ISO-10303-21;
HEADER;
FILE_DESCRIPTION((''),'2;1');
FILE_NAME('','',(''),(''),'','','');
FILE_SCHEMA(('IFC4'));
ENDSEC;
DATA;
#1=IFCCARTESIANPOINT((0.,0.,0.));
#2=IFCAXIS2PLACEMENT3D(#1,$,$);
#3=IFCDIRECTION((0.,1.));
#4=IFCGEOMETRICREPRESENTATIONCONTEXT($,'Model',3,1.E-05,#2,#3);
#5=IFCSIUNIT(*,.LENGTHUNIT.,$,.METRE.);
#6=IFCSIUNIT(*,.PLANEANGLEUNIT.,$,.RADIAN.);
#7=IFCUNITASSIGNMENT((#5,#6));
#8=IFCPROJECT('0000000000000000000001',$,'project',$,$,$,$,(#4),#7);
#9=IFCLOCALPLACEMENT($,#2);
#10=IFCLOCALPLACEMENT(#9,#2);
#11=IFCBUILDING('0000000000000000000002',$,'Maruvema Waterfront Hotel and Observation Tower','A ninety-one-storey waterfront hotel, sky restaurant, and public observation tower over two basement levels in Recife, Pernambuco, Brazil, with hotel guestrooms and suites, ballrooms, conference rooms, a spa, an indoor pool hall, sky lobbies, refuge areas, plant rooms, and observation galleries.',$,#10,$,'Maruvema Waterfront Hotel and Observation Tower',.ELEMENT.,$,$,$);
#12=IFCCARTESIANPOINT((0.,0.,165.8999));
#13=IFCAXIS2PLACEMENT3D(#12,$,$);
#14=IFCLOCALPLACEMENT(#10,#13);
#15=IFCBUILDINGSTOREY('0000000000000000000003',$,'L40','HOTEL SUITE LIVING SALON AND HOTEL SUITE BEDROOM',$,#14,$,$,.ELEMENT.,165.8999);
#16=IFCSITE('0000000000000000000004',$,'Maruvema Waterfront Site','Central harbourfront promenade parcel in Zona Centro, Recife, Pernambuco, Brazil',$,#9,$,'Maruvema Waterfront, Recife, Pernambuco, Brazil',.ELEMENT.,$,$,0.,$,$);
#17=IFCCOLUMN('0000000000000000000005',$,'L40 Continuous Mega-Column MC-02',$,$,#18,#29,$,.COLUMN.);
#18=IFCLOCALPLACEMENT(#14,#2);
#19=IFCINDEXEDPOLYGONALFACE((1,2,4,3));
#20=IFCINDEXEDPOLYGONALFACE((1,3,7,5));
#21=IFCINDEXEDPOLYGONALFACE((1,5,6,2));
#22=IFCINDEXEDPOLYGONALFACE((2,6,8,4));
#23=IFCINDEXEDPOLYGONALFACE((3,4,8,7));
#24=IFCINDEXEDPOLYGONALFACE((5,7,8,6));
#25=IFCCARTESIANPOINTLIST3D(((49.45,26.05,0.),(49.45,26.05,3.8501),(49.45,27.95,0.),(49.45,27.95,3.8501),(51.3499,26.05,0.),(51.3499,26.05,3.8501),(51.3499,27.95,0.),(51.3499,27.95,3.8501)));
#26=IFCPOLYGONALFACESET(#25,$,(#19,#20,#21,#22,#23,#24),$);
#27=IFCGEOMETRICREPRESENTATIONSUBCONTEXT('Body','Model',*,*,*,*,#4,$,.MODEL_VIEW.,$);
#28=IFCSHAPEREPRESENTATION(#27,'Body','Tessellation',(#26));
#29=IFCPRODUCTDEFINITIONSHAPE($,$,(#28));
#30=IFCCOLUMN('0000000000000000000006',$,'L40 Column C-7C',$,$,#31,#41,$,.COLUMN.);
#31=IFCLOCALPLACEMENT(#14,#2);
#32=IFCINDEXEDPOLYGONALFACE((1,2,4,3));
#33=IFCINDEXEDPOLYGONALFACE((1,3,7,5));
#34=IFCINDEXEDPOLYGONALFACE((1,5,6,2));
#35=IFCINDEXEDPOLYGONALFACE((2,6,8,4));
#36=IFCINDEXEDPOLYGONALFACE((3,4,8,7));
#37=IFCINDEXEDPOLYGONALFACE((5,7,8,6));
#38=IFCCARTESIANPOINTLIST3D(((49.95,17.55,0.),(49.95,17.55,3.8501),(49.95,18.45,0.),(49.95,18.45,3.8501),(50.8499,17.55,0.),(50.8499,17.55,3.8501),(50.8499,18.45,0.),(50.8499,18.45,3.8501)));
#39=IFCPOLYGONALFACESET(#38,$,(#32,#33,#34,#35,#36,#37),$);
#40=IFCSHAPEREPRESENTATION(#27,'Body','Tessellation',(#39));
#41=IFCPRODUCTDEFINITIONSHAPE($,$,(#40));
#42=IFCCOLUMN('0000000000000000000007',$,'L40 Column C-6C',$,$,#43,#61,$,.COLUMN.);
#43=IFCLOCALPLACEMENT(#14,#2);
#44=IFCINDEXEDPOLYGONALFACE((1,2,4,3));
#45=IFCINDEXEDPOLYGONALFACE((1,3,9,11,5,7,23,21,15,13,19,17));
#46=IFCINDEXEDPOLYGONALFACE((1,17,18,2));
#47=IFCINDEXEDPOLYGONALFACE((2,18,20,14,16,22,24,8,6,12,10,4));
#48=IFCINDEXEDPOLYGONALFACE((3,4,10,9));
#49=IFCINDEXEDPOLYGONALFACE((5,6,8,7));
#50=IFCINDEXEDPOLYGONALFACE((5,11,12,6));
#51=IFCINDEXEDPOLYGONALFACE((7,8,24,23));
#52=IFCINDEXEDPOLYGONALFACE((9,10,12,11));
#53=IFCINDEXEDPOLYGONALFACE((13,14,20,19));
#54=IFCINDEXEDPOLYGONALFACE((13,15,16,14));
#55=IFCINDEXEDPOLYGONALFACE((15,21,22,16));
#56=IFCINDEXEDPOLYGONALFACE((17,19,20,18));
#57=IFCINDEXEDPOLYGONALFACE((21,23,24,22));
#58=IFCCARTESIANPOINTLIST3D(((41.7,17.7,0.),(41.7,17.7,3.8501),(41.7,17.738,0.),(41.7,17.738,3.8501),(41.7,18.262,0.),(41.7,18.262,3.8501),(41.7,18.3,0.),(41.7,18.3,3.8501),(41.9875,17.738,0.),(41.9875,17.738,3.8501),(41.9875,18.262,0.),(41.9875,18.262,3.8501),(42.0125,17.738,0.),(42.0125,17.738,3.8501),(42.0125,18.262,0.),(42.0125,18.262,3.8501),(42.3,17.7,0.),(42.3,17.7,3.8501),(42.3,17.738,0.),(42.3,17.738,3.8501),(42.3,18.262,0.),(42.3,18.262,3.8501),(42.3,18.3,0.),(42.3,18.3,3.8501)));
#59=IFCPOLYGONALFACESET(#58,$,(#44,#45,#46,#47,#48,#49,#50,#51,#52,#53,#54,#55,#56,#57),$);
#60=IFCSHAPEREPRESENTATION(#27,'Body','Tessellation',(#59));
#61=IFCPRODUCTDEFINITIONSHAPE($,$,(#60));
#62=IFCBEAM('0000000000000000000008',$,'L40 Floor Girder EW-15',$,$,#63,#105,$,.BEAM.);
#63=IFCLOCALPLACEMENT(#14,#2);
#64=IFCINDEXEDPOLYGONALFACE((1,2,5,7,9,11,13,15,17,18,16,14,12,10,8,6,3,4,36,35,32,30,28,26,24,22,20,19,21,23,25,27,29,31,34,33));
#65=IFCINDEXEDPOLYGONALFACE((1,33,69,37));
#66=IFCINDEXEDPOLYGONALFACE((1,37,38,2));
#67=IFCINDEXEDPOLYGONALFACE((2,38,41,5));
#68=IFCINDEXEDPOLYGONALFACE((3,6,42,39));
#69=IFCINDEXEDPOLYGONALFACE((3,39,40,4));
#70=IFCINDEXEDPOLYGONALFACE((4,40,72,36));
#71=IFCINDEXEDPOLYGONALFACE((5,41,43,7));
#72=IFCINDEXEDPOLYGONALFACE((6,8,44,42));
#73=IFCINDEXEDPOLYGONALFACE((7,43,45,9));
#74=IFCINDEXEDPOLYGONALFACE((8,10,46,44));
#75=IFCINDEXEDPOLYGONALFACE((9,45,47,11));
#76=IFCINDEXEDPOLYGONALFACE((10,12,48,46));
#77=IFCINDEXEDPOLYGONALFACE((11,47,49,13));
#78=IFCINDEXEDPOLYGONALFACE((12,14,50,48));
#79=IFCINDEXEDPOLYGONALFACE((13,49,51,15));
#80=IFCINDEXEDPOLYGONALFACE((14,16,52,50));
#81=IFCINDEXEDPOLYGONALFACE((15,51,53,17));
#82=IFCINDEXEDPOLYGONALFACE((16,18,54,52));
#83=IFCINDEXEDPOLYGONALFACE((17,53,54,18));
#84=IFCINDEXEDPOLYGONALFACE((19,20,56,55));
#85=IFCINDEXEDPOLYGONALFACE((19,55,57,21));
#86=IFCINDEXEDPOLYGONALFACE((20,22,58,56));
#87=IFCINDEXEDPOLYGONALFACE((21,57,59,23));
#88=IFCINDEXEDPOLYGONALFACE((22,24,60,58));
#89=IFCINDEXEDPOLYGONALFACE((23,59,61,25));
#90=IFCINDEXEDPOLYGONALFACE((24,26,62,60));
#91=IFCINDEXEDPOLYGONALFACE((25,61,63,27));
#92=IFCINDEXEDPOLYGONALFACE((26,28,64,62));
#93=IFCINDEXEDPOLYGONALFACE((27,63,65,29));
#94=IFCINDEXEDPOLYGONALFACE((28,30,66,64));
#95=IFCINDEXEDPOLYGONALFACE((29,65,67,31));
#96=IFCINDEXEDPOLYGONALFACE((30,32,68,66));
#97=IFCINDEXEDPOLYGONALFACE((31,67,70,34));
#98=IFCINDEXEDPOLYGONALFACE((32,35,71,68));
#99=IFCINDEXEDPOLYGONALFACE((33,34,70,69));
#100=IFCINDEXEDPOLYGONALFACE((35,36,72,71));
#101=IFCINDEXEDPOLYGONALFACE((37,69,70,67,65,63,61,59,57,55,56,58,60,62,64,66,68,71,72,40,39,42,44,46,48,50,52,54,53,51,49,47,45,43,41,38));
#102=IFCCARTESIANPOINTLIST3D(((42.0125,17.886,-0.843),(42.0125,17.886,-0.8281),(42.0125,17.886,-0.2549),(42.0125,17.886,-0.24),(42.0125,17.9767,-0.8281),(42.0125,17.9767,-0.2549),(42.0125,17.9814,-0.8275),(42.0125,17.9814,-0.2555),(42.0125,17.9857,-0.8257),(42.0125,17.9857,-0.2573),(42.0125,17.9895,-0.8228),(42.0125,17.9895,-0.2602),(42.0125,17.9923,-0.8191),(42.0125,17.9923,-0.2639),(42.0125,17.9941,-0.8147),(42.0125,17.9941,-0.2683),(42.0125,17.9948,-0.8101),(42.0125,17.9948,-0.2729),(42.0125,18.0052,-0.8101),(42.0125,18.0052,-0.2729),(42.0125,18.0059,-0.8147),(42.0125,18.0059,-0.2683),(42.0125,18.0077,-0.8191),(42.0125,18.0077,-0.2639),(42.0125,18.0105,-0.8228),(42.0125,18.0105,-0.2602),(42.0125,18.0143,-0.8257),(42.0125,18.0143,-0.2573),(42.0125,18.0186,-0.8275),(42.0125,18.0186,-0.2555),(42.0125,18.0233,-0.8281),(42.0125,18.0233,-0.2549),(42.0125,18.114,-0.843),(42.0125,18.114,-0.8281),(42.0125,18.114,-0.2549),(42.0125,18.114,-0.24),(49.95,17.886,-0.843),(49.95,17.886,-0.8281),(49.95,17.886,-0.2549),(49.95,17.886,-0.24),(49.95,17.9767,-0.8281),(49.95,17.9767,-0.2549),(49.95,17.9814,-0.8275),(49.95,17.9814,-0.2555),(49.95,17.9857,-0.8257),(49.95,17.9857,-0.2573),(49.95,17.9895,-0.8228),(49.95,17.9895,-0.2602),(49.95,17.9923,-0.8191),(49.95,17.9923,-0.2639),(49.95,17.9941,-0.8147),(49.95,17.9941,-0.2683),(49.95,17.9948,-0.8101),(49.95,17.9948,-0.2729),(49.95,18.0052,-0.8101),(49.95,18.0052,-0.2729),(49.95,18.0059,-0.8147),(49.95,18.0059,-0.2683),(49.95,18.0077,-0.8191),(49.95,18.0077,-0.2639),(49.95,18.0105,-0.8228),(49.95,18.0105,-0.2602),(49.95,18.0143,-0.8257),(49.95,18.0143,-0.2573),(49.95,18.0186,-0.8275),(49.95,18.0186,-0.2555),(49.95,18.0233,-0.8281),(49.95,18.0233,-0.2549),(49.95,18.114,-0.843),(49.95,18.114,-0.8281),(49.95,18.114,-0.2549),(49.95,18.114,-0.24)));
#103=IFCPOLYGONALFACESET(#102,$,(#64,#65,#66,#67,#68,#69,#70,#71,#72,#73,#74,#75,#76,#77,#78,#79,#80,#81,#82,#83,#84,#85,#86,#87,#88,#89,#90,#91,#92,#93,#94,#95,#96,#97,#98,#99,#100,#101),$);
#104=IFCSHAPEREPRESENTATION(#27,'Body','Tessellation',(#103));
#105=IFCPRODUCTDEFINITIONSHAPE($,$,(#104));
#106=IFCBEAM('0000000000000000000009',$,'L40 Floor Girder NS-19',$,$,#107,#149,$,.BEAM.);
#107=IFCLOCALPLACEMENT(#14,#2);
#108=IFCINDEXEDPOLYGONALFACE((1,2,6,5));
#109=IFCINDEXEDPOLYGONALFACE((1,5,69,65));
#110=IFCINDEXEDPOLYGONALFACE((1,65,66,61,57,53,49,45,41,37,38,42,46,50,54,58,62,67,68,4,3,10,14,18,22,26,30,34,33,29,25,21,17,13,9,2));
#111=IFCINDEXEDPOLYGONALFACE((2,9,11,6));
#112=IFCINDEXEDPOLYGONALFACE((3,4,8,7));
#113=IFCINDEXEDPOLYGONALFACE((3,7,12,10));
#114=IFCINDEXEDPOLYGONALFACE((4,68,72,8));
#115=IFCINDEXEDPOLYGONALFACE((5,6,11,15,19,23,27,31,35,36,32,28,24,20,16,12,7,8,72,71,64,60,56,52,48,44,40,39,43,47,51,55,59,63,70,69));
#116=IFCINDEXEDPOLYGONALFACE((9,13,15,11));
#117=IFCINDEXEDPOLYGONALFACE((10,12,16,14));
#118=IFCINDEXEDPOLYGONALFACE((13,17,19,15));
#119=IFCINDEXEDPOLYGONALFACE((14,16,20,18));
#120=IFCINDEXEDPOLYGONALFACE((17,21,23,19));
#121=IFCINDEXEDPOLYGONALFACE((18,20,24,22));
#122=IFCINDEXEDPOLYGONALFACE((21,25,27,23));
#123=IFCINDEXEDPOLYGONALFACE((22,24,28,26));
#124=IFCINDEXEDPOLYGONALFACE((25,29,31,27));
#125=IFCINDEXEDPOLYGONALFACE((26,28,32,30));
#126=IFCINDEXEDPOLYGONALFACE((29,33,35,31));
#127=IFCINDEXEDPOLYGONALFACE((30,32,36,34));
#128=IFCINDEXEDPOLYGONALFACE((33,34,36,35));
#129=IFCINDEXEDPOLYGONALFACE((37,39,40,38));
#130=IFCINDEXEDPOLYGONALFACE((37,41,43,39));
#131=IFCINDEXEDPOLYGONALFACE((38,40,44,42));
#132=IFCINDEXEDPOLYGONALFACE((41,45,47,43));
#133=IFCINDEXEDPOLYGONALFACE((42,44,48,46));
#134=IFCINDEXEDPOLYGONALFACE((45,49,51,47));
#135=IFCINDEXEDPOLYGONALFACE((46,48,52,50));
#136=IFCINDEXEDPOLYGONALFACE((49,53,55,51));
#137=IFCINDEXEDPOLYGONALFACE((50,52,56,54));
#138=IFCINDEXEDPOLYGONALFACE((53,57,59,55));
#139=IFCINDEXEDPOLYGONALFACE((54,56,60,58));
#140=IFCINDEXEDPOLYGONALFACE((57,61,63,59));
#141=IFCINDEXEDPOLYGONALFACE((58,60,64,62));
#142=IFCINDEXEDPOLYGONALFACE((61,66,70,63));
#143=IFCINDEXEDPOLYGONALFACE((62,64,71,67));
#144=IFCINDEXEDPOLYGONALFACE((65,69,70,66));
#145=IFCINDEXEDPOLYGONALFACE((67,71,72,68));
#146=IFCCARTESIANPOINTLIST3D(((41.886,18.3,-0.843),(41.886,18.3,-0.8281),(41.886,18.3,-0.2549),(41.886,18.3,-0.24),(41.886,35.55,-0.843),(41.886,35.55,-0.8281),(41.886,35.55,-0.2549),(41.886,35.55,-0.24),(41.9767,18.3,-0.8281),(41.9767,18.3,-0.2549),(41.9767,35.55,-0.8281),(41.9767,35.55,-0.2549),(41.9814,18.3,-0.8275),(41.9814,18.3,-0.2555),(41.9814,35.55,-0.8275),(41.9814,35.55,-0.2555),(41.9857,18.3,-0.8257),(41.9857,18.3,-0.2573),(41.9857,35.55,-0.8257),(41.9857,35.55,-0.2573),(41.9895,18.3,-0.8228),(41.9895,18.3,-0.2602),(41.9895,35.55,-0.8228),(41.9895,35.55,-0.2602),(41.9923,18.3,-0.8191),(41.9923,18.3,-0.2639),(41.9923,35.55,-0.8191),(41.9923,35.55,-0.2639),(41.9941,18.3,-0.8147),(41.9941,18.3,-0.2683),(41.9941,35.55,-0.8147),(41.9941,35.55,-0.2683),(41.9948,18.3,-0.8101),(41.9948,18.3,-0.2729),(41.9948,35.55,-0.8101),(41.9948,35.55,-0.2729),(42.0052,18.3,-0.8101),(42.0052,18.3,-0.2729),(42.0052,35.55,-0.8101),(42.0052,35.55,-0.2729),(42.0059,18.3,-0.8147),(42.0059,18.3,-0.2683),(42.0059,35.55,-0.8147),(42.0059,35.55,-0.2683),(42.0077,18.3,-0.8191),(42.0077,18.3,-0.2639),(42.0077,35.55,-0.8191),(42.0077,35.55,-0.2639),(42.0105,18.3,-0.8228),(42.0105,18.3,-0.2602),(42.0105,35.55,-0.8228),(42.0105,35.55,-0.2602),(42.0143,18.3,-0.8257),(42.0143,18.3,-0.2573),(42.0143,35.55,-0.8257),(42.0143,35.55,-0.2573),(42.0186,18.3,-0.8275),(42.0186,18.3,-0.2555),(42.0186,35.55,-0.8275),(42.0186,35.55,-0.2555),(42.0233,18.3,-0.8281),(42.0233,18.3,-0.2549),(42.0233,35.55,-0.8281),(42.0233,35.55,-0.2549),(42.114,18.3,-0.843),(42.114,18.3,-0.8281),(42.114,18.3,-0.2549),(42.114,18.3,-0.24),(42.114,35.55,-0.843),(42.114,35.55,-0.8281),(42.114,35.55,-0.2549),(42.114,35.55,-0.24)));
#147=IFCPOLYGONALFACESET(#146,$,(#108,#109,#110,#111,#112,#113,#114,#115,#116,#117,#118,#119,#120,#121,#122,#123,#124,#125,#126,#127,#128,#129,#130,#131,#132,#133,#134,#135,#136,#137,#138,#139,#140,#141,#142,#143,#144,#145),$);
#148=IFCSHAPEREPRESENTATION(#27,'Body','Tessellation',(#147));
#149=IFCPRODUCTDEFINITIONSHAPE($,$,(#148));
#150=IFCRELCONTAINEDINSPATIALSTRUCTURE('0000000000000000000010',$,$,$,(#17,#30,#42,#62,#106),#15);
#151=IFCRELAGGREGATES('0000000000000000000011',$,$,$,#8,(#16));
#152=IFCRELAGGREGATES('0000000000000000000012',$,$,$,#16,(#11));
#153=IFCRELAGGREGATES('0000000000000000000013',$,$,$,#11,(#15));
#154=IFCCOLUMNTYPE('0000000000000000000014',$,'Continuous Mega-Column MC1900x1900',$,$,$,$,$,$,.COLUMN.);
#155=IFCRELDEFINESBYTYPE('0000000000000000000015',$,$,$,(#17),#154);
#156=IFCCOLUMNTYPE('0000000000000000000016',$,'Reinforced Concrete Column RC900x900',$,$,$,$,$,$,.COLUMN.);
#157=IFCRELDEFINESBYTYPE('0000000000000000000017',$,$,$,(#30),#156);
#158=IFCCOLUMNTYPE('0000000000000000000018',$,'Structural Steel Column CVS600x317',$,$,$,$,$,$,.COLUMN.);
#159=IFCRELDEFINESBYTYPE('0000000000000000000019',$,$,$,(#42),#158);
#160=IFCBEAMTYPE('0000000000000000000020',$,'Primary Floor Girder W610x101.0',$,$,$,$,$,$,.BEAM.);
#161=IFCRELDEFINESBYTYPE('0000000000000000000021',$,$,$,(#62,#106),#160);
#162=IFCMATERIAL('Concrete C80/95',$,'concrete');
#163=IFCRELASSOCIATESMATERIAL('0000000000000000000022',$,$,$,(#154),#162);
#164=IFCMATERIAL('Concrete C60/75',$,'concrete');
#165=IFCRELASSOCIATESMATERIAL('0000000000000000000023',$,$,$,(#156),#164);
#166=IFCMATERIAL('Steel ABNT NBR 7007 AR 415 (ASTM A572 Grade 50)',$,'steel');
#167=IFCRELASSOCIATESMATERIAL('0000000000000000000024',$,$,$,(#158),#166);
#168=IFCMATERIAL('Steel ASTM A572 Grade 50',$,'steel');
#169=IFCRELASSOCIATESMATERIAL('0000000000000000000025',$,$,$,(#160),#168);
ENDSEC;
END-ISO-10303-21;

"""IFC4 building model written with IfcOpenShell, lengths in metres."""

from ifc_helpers import new_model, si_unit, direction, frame, origin, origin_2d, place, context, subcontext, project, spatial, rectangle, i_section, extrude, material, material_profile, profile_set, type_object, element, save


model = new_model("IFC4")

# Units and contexts
model_context = context("Model", 3, precision=1e-05, world=origin(), true_north=direction((0.0, 1.0)))
body_context = subcontext(model_context, "Body", "Model", "MODEL_VIEW")
ifc_project = project(units=[si_unit("LENGTHUNIT", "METRE"), si_unit("PLANEANGLEUNIT", "RADIAN")], contexts=[model_context])

# Site, building, storey
site_placement = place(None, origin())
site = spatial("IfcSite", under=ifc_project, at=site_placement, Name="Maruvema Waterfront Site", Description="Central harbourfront promenade parcel in Zona Centro, Recife, Pernambuco, Brazil", LongName="Maruvema Waterfront, Recife, Pernambuco, Brazil", CompositionType="ELEMENT", RefElevation=0.0)
building_placement = place(site_placement, origin())
building = spatial("IfcBuilding", under=site, at=building_placement, Name="Maruvema Waterfront Hotel and Observation Tower", Description="A ninety-one-storey waterfront hotel, sky restaurant, and public observation tower over two basement levels in Recife, Pernambuco, Brazil, with hotel guestrooms and suites, ballrooms, conference rooms, a spa, an indoor pool hall, sky lobbies, refuge areas, plant rooms, and observation galleries.", LongName="Maruvema Waterfront Hotel and Observation Tower", CompositionType="ELEMENT")
storey_placement = place(building_placement, frame((0.0, 0.0, 165.8999)))
storey = spatial("IfcBuildingStorey", under=building, at=storey_placement, Name="L40", Description="HOTEL SUITE LIVING SALON AND HOTEL SUITE BEDROOM", CompositionType="ELEMENT", Elevation=165.8999)

# Columns
ifc_material_1 = material(Name="Concrete C80/95", Category="concrete")
ifc_material_profile_1 = material_profile(ifc_material_1, rectangle(XDim=1.8999, YDim=1.8999, at=origin_2d()), Name="MC1900x1900")
ifc_profile_set_1 = profile_set([ifc_material_profile_1], Name="Concrete C80/95")
column_type_1 = type_object("IfcColumnType", Name="Continuous Mega-Column MC1900x1900", PredefinedType="COLUMN", material=ifc_profile_set_1)
column_1_placement = place(storey_placement, frame((50.3999, 27.0, 0.0), z_axis=(0.0, 0.0, 1.0), x_axis=(1.0, 0.0, 0.0)))
element("IfcColumn", 1, at=column_1_placement, inside=storey, type_object=column_type_1, Name="L40 Continuous Mega-Column MC-02", PredefinedType="COLUMN", context=body_context, shape_type="SweptSolid", body=[
    extrude(rectangle(XDim=1.8999, YDim=1.8999, at=origin_2d()), origin(), (0.0, 0.0, 1.0), 3.8501),
])
ifc_material_2 = material(Name="Concrete C60/75", Category="concrete")
ifc_material_profile_2 = material_profile(ifc_material_2, rectangle(XDim=0.8999, YDim=0.8999, at=origin_2d()), Name="RC900x900")
ifc_profile_set_2 = profile_set([ifc_material_profile_2], Name="Concrete C60/75")
column_type_2 = type_object("IfcColumnType", Name="Reinforced Concrete Column RC900x900", PredefinedType="COLUMN", material=ifc_profile_set_2)
column_2_placement = place(storey_placement, frame((50.3999, 18.0, 0.0), z_axis=(0.0, 0.0, 1.0), x_axis=(1.0, 0.0, 0.0)))
element("IfcColumn", 2, at=column_2_placement, inside=storey, type_object=column_type_2, Name="L40 Column C-7C", PredefinedType="COLUMN", context=body_context, shape_type="SweptSolid", body=[
    extrude(rectangle(XDim=0.8999, YDim=0.8999, at=origin_2d()), origin(), (0.0, 0.0, 1.0), 3.8501),
])
ifc_material_3 = material(Name="Steel ABNT NBR 7007 AR 415 (ASTM A572 Grade 50)", Category="steel")
ifc_material_profile_3 = material_profile(ifc_material_3, i_section(OverallWidth=0.6001, OverallDepth=0.6001, WebThickness=0.0249, FlangeThickness=0.0381, at=origin_2d()), Name="CVS600x317")
ifc_profile_set_3 = profile_set([ifc_material_profile_3], Name="Steel ABNT NBR 7007 AR 415 (ASTM A572 Grade 50)")
column_type_3 = type_object("IfcColumnType", Name="Structural Steel Column CVS600x317", PredefinedType="COLUMN", material=ifc_profile_set_3)
column_3_placement = place(storey_placement, frame((42.0, 18.0, 0.0), z_axis=(0.0, 0.0, 1.0), x_axis=(1.0, 0.0, 0.0)))
element("IfcColumn", 3, at=column_3_placement, inside=storey, type_object=column_type_3, Name="L40 Column C-6C", PredefinedType="COLUMN", context=body_context, shape_type="SweptSolid", body=[
    extrude(i_section(OverallWidth=0.6001, OverallDepth=0.6001, WebThickness=0.0249, FlangeThickness=0.0381, at=origin_2d()), origin(), (0.0, 0.0, 1.0), 3.8501),
])

# Beams
ifc_material_4 = material(Name="Steel ASTM A572 Grade 50", Category="steel")
ifc_material_profile_4 = material_profile(ifc_material_4, i_section(OverallWidth=0.228, OverallDepth=0.603, WebThickness=0.0105, FlangeThickness=0.0149, FilletRadius=0.0181, at=origin_2d()), Name="W610x101.0")
ifc_profile_set_4 = profile_set([ifc_material_profile_4], Name="Steel ASTM A572 Grade 50")
beam_type = type_object("IfcBeamType", Name="Primary Floor Girder W610x101.0", PredefinedType="BEAM", material=ifc_profile_set_4)
beam_1_placement = place(storey_placement, frame((42.0125, 18.0, -0.5415), z_axis=(1.0, 0.0, 0.0), x_axis=(0.0, 1.0, 0.0)))
element("IfcBeam", 4, at=beam_1_placement, inside=storey, type_object=beam_type, Name="L40 Floor Girder EW-15", PredefinedType="BEAM", context=body_context, shape_type="SweptSolid", body=[
    extrude(i_section(OverallWidth=0.228, OverallDepth=0.603, WebThickness=0.0105, FlangeThickness=0.0149, FilletRadius=0.0181, at=origin_2d()), origin(), (0.0, 0.0, 1.0), 7.9375),
])
beam_2_placement = place(storey_placement, frame((42.0, 18.3, -0.5415), z_axis=(0.0, 1.0, 0.0), x_axis=(-1.0, 0.0, 0.0)))
element("IfcBeam", 5, at=beam_2_placement, inside=storey, type_object=beam_type, Name="L40 Floor Girder NS-19", PredefinedType="BEAM", context=body_context, shape_type="SweptSolid", body=[
    extrude(i_section(OverallWidth=0.228, OverallDepth=0.603, WebThickness=0.0105, FlangeThickness=0.0149, FilletRadius=0.0181, at=origin_2d()), origin(), (0.0, 0.0, 1.0), 17.25),
])

save(model, "model.ifc")
